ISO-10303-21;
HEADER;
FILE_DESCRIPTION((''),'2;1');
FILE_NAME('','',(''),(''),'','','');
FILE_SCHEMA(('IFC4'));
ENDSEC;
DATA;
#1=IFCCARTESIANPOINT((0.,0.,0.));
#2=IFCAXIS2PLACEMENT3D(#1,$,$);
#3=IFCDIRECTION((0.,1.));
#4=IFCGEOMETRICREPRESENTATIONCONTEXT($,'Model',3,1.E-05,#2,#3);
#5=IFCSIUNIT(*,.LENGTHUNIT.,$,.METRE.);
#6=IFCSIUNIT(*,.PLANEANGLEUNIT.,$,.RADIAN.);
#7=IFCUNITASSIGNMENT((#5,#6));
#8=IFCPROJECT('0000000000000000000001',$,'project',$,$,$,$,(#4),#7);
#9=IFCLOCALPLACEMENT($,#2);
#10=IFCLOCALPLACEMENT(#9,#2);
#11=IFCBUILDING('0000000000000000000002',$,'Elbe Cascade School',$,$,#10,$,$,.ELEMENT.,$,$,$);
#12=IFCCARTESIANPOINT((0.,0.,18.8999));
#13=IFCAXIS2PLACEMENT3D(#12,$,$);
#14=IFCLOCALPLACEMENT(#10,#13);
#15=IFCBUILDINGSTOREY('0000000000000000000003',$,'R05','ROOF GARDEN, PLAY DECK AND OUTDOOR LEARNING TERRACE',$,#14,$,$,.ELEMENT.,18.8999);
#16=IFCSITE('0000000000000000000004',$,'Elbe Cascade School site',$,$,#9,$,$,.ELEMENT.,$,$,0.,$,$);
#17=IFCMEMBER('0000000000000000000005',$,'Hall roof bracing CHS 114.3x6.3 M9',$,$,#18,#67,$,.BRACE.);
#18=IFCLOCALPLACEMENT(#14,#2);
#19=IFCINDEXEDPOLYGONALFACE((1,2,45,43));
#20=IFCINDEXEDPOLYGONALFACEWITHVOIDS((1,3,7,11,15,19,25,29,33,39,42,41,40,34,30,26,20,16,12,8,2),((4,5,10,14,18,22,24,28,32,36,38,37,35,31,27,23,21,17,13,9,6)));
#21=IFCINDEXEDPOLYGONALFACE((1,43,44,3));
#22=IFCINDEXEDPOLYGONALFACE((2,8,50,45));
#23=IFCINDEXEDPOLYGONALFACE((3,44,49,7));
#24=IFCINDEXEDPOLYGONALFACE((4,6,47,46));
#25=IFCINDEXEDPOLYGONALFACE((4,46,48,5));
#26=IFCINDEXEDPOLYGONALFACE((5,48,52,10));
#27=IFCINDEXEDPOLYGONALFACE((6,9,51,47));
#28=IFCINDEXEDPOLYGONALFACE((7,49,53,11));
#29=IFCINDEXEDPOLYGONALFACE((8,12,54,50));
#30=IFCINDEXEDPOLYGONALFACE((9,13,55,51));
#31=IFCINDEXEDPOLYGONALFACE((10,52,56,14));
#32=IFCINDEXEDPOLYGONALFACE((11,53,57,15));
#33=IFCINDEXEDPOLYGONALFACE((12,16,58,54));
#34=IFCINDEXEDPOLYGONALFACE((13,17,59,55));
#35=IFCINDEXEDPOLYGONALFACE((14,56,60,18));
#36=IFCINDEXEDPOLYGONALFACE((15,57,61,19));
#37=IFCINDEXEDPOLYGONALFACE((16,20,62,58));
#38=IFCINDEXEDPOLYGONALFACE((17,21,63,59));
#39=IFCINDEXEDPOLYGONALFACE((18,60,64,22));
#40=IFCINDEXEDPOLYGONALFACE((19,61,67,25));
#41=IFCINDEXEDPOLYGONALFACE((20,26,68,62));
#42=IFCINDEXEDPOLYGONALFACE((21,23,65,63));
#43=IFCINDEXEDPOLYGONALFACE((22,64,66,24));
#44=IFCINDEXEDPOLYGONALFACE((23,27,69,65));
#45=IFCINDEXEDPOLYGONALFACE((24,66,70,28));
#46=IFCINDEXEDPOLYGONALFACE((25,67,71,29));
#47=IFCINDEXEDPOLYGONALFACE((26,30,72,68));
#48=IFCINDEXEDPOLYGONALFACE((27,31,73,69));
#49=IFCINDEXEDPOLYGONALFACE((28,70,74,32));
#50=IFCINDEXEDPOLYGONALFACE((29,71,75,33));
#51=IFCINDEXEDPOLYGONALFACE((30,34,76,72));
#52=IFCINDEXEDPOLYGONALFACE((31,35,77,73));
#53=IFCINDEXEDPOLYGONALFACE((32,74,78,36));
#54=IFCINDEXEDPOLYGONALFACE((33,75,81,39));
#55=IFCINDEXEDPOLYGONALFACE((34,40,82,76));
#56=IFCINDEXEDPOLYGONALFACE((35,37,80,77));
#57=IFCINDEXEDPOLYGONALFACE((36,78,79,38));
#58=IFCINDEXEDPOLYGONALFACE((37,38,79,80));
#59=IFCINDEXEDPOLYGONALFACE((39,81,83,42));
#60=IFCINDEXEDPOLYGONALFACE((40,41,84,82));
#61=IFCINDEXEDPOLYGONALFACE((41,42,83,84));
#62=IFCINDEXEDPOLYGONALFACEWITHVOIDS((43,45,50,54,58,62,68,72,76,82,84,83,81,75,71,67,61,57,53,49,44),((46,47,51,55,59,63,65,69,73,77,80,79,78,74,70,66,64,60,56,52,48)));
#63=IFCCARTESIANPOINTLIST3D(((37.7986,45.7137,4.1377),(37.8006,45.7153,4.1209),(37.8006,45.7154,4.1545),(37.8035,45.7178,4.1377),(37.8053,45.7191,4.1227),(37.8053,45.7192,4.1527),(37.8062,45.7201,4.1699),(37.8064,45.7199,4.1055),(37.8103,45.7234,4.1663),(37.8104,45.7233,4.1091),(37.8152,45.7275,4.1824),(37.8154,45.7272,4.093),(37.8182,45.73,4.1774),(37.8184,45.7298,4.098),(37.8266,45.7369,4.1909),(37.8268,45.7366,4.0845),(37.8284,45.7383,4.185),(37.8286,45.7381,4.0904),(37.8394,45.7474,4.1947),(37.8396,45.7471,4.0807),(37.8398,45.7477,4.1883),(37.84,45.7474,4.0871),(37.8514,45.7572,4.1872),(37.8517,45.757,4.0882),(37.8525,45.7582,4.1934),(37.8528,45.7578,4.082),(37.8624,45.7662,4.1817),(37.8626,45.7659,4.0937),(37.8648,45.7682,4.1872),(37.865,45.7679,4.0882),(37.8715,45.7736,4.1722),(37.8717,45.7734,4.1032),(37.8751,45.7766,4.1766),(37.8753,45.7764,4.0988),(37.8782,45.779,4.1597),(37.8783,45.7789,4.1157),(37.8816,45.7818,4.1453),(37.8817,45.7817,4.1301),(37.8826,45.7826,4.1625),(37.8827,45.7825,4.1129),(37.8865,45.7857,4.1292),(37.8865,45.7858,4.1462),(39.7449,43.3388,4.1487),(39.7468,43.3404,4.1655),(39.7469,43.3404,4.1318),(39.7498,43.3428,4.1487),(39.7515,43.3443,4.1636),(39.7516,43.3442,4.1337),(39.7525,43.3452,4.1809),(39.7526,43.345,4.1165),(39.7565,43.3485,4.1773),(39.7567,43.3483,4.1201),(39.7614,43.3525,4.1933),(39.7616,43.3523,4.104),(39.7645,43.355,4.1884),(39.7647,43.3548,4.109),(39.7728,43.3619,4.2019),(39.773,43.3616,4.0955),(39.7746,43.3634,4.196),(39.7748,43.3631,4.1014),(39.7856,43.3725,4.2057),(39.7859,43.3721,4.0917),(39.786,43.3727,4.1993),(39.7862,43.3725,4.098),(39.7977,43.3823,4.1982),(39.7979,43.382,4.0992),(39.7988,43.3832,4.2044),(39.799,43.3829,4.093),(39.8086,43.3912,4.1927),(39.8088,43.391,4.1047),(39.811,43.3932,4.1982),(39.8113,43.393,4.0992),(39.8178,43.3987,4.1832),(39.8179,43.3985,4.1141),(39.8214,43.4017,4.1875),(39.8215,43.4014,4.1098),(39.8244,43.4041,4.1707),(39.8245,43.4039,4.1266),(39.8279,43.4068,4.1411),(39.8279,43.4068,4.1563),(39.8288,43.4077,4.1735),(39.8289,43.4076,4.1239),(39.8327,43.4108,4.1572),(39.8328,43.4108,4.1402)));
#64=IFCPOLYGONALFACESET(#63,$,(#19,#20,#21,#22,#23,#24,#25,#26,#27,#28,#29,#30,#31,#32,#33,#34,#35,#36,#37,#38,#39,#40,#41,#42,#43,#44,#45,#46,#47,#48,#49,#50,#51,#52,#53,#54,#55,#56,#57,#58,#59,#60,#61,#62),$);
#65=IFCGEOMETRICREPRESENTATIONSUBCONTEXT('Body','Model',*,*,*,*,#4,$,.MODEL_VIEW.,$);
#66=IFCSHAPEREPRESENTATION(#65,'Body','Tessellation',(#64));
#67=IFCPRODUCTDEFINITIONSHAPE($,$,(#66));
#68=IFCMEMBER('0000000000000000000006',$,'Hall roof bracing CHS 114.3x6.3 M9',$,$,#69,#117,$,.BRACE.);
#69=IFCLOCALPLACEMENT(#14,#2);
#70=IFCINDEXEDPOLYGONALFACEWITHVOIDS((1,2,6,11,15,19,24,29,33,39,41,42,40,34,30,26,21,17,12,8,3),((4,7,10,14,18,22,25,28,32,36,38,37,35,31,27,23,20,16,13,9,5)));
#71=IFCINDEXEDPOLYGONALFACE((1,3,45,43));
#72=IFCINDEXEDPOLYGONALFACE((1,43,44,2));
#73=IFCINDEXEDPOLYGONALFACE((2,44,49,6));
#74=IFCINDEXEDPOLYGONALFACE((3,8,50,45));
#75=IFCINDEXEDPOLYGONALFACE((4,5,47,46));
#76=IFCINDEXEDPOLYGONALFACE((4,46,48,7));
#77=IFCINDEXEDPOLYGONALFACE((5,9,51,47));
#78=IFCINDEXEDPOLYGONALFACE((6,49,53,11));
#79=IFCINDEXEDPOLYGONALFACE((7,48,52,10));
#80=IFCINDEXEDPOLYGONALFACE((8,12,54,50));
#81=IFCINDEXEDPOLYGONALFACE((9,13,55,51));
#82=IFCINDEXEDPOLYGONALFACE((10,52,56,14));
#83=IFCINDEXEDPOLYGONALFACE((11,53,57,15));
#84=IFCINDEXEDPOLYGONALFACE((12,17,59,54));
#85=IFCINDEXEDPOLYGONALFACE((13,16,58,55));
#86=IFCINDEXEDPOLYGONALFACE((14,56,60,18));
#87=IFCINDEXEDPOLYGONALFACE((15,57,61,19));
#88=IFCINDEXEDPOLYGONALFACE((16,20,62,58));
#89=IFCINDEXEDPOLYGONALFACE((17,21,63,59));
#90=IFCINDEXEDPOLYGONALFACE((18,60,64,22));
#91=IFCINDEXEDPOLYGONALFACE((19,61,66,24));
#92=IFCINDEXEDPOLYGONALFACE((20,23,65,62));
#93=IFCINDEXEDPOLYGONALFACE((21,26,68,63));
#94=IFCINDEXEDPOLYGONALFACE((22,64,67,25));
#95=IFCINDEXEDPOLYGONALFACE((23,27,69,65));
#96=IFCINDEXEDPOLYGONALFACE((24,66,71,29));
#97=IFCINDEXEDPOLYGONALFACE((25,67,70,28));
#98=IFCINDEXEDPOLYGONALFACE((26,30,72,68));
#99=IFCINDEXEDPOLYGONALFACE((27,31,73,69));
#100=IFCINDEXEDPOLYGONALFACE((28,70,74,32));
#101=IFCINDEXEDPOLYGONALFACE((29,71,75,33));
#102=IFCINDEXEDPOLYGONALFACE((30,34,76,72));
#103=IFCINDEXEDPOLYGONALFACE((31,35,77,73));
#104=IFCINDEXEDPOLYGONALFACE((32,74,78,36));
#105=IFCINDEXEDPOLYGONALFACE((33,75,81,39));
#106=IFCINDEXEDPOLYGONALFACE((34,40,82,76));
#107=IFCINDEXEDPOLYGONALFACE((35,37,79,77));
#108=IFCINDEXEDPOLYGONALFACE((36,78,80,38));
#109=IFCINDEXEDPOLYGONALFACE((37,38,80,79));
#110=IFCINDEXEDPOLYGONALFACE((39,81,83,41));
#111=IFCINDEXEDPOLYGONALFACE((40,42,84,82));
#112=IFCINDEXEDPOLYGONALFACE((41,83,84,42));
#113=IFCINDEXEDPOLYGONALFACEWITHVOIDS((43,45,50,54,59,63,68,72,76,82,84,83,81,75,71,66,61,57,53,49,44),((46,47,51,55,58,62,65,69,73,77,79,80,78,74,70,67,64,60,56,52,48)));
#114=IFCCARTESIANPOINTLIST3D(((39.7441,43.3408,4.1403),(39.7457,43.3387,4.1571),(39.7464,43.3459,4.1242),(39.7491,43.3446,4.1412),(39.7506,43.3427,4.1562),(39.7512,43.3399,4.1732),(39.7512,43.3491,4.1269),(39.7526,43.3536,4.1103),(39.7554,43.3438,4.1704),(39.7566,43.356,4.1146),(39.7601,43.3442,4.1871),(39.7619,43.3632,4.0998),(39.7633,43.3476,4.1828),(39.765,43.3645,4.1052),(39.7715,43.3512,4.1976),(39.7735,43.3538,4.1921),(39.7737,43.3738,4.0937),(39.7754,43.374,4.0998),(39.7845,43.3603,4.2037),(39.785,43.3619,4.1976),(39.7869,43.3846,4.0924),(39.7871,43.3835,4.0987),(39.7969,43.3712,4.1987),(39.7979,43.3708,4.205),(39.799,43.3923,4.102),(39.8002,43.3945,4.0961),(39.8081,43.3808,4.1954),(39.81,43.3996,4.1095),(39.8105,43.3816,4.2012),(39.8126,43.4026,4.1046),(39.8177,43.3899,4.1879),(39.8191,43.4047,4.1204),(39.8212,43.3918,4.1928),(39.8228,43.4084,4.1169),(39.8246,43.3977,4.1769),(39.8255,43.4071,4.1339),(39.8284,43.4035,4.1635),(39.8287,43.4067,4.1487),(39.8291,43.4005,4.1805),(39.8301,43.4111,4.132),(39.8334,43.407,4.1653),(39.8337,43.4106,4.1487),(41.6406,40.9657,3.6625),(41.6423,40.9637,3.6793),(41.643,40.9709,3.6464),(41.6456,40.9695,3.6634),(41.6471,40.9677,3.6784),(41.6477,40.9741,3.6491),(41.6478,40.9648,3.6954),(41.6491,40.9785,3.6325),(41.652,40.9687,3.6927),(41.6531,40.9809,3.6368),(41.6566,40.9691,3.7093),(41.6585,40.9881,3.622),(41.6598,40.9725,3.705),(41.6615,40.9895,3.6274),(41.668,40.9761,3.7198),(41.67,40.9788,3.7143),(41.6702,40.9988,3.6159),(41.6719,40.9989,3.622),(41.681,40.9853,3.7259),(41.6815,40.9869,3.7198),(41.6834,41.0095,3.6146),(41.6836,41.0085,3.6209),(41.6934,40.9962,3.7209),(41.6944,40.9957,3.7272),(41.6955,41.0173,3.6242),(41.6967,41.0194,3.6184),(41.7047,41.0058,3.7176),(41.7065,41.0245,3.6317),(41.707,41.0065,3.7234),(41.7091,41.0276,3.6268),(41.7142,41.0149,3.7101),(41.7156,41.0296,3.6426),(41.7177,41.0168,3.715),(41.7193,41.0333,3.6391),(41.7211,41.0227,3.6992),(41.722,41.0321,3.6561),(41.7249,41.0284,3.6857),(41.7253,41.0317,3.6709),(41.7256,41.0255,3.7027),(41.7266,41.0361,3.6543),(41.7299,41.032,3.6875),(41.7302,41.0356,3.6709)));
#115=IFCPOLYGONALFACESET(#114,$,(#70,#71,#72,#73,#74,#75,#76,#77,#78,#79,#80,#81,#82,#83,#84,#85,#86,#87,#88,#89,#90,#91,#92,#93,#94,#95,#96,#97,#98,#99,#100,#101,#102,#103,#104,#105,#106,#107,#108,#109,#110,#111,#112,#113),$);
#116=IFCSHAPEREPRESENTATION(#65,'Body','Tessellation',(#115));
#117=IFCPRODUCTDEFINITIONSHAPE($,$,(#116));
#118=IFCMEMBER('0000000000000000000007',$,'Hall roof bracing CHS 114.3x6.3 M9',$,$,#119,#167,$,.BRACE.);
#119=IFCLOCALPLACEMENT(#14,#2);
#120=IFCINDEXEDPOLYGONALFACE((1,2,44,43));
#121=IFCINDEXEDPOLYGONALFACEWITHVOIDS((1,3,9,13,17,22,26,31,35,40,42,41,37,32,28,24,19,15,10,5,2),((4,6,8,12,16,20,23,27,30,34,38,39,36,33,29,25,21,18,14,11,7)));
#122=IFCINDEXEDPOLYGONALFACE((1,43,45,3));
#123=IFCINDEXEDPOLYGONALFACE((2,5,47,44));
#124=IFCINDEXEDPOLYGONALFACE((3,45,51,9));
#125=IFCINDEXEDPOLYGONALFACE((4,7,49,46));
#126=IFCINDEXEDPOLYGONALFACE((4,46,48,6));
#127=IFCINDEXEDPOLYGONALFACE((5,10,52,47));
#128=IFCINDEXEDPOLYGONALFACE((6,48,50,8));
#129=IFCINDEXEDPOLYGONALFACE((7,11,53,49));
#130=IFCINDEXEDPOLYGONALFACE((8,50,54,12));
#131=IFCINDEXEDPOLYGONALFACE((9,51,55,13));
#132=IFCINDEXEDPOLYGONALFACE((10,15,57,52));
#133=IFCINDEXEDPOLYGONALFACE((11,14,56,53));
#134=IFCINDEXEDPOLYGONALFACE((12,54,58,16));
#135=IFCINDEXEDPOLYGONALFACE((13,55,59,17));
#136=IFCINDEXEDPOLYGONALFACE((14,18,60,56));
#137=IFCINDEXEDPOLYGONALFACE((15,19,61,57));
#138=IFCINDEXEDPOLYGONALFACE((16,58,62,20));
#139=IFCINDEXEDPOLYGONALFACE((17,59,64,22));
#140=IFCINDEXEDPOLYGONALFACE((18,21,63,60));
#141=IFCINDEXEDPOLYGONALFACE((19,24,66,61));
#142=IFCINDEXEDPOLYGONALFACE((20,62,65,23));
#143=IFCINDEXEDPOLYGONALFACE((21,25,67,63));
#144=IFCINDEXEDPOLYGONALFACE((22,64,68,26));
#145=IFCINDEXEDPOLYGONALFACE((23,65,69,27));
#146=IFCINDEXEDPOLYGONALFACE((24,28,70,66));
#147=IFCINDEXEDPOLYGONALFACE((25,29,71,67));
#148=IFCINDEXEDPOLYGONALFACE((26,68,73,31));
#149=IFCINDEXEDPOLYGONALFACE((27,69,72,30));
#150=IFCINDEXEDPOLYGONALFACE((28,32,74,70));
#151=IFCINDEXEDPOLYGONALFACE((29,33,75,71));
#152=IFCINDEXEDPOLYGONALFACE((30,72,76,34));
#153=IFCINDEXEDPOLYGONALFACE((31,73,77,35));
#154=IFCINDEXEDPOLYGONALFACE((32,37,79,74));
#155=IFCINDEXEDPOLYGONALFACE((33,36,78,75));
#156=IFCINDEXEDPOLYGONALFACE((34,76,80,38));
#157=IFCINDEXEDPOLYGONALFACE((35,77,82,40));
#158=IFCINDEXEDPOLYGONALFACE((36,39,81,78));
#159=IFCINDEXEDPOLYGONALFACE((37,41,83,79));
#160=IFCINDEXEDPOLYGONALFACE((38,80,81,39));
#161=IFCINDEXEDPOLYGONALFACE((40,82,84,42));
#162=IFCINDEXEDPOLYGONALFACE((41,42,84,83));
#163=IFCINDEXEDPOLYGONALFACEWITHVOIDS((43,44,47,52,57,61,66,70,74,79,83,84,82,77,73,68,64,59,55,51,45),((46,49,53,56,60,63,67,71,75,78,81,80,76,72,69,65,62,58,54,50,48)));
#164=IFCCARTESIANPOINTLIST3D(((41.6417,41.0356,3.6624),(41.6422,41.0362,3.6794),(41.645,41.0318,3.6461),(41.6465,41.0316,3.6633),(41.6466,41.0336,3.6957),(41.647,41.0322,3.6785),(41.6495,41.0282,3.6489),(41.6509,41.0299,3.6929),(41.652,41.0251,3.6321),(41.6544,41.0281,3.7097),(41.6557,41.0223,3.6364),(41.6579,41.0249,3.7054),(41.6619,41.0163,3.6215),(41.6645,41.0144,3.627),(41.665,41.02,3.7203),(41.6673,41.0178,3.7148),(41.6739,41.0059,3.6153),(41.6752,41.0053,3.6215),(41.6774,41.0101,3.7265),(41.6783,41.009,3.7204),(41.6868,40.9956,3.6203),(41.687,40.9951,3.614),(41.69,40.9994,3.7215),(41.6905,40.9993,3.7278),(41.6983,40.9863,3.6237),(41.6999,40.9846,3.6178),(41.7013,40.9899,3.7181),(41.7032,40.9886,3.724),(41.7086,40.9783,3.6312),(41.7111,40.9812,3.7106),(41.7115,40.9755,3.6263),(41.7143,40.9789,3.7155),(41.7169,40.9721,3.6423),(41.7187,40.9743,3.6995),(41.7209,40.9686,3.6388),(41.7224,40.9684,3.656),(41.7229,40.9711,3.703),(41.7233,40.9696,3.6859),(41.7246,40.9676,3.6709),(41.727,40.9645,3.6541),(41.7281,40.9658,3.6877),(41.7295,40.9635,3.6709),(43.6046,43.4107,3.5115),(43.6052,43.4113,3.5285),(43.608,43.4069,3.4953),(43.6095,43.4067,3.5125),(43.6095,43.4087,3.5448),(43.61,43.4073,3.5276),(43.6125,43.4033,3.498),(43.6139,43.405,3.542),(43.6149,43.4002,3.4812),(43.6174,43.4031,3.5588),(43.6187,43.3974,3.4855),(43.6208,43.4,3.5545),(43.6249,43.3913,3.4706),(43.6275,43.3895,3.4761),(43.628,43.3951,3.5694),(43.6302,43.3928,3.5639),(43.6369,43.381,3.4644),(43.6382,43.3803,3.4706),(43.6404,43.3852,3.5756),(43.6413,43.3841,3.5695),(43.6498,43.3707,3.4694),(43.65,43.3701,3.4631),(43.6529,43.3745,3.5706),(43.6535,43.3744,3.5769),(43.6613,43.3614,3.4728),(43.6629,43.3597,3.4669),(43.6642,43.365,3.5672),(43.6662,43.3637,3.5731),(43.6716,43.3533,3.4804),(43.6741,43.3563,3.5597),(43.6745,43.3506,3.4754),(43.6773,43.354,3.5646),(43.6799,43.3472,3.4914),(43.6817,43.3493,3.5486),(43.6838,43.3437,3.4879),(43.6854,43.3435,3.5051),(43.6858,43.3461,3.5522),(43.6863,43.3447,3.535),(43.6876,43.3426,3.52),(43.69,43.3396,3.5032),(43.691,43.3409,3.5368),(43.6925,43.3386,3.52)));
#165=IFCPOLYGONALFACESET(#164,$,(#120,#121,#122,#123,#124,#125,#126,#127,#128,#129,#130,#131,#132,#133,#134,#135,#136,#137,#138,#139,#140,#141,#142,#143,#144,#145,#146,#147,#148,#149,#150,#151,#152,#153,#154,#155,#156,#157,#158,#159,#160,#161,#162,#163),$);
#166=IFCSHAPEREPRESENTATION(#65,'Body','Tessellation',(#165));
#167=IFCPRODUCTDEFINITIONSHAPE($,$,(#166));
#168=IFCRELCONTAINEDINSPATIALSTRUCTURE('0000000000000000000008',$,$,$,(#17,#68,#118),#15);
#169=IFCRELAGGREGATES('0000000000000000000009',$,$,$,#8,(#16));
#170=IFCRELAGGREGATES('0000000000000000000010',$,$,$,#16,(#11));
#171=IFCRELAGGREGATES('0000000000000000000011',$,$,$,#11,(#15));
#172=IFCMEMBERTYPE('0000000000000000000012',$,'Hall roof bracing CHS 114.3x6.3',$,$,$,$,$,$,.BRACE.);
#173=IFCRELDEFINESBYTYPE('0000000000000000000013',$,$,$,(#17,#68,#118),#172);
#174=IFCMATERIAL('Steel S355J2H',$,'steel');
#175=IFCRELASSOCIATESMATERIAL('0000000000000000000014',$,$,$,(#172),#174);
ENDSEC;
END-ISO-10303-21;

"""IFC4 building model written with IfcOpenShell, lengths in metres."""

from ifc_helpers import new_model, si_unit, direction, frame, origin, origin_2d, place, context, subcontext, project, spatial, hollow_circle, extrude, material, material_profile, profile_set, type_object, element, save


model = new_model("IFC4")

# Units and contexts
model_context = context("Model", 3, precision=1e-05, world=origin(), true_north=direction((0.0, 1.0)))
body_context = subcontext(model_context, "Body", "Model", "MODEL_VIEW")
ifc_project = project(units=[si_unit("LENGTHUNIT", "METRE"), si_unit("PLANEANGLEUNIT", "RADIAN")], contexts=[model_context])

# Site, building, storey
site_placement = place(None, origin())
site = spatial("IfcSite", under=ifc_project, at=site_placement, Name="Elbe Cascade School site", CompositionType="ELEMENT", RefElevation=0.0)
building_placement = place(site_placement, origin())
building = spatial("IfcBuilding", under=site, at=building_placement, Name="Elbe Cascade School", CompositionType="ELEMENT")
storey_placement = place(building_placement, frame((0.0, 0.0, 18.8999)))
storey = spatial("IfcBuildingStorey", under=building, at=storey_placement, Name="R05", Description="ROOF GARDEN, PLAY DECK AND OUTDOOR LEARNING TERRACE", CompositionType="ELEMENT", Elevation=18.8999)

# Members
ifc_material_1 = material(Name="Steel S355J2H", Category="steel")
ifc_material_profile_1 = material_profile(ifc_material_1, hollow_circle(Radius=0.0571, WallThickness=0.0063, at=origin_2d()), Name="CHS 114.3x6.3")
ifc_profile_set_1 = profile_set([ifc_material_profile_1], Name="Steel S355J2H")
member_type_1 = type_object("IfcMemberType", Name="Hall roof bracing CHS 114.3x6.3", PredefinedType="BRACE", material=ifc_profile_set_1)
member_1_placement = place(storey_placement, frame((39.7891, 43.375, 4.1487), z_axis=(-0.63384, 0.773456, -0.003578), x_axis=(-0.773461, -0.633844, 0.0)))
element("IfcMember", 1, at=member_1_placement, inside=storey, type_object=member_type_1, Name="Hall roof bracing CHS 114.3x6.3 M9", PredefinedType="BRACE", context=body_context, shape_type="SweptSolid", body=[
    extrude(hollow_circle(Radius=0.0571, WallThickness=0.0063, at=origin_2d()), origin(), (0.0, 0.0, 1.0), 3.0706),
])
member_2_placement = place(storey_placement, frame((39.7891, 43.375, 4.1487), z_axis=(0.616419, -0.771952, -0.155295), x_axis=(0.781433, 0.623989, 0.0)))
element("IfcMember", 2, at=member_2_placement, inside=storey, type_object=member_type_1, Name="Hall roof bracing CHS 114.3x6.3 M9", PredefinedType="BRACE", context=body_context, shape_type="SweptSolid", body=[
    extrude(hollow_circle(Radius=0.0571, WallThickness=0.0063, at=origin_2d()), origin(), (0.0, 0.0, 1.0), 3.0767),
])
member_3_placement = place(storey_placement, frame((43.6484, 43.375, 3.52), z_axis=(-0.636299, -0.76989, 0.04891), x_axis=(0.770813, -0.637062, 0.0)))
element("IfcMember", 3, at=member_3_placement, inside=storey, type_object=member_type_1, Name="Hall roof bracing CHS 114.3x6.3 M9", PredefinedType="BRACE", context=body_context, shape_type="SweptSolid", body=[
    extrude(hollow_circle(Radius=0.0571, WallThickness=0.0063, at=origin_2d()), origin(), (0.0, 0.0, 1.0), 3.085),
])

save(model, "model.ifc")
